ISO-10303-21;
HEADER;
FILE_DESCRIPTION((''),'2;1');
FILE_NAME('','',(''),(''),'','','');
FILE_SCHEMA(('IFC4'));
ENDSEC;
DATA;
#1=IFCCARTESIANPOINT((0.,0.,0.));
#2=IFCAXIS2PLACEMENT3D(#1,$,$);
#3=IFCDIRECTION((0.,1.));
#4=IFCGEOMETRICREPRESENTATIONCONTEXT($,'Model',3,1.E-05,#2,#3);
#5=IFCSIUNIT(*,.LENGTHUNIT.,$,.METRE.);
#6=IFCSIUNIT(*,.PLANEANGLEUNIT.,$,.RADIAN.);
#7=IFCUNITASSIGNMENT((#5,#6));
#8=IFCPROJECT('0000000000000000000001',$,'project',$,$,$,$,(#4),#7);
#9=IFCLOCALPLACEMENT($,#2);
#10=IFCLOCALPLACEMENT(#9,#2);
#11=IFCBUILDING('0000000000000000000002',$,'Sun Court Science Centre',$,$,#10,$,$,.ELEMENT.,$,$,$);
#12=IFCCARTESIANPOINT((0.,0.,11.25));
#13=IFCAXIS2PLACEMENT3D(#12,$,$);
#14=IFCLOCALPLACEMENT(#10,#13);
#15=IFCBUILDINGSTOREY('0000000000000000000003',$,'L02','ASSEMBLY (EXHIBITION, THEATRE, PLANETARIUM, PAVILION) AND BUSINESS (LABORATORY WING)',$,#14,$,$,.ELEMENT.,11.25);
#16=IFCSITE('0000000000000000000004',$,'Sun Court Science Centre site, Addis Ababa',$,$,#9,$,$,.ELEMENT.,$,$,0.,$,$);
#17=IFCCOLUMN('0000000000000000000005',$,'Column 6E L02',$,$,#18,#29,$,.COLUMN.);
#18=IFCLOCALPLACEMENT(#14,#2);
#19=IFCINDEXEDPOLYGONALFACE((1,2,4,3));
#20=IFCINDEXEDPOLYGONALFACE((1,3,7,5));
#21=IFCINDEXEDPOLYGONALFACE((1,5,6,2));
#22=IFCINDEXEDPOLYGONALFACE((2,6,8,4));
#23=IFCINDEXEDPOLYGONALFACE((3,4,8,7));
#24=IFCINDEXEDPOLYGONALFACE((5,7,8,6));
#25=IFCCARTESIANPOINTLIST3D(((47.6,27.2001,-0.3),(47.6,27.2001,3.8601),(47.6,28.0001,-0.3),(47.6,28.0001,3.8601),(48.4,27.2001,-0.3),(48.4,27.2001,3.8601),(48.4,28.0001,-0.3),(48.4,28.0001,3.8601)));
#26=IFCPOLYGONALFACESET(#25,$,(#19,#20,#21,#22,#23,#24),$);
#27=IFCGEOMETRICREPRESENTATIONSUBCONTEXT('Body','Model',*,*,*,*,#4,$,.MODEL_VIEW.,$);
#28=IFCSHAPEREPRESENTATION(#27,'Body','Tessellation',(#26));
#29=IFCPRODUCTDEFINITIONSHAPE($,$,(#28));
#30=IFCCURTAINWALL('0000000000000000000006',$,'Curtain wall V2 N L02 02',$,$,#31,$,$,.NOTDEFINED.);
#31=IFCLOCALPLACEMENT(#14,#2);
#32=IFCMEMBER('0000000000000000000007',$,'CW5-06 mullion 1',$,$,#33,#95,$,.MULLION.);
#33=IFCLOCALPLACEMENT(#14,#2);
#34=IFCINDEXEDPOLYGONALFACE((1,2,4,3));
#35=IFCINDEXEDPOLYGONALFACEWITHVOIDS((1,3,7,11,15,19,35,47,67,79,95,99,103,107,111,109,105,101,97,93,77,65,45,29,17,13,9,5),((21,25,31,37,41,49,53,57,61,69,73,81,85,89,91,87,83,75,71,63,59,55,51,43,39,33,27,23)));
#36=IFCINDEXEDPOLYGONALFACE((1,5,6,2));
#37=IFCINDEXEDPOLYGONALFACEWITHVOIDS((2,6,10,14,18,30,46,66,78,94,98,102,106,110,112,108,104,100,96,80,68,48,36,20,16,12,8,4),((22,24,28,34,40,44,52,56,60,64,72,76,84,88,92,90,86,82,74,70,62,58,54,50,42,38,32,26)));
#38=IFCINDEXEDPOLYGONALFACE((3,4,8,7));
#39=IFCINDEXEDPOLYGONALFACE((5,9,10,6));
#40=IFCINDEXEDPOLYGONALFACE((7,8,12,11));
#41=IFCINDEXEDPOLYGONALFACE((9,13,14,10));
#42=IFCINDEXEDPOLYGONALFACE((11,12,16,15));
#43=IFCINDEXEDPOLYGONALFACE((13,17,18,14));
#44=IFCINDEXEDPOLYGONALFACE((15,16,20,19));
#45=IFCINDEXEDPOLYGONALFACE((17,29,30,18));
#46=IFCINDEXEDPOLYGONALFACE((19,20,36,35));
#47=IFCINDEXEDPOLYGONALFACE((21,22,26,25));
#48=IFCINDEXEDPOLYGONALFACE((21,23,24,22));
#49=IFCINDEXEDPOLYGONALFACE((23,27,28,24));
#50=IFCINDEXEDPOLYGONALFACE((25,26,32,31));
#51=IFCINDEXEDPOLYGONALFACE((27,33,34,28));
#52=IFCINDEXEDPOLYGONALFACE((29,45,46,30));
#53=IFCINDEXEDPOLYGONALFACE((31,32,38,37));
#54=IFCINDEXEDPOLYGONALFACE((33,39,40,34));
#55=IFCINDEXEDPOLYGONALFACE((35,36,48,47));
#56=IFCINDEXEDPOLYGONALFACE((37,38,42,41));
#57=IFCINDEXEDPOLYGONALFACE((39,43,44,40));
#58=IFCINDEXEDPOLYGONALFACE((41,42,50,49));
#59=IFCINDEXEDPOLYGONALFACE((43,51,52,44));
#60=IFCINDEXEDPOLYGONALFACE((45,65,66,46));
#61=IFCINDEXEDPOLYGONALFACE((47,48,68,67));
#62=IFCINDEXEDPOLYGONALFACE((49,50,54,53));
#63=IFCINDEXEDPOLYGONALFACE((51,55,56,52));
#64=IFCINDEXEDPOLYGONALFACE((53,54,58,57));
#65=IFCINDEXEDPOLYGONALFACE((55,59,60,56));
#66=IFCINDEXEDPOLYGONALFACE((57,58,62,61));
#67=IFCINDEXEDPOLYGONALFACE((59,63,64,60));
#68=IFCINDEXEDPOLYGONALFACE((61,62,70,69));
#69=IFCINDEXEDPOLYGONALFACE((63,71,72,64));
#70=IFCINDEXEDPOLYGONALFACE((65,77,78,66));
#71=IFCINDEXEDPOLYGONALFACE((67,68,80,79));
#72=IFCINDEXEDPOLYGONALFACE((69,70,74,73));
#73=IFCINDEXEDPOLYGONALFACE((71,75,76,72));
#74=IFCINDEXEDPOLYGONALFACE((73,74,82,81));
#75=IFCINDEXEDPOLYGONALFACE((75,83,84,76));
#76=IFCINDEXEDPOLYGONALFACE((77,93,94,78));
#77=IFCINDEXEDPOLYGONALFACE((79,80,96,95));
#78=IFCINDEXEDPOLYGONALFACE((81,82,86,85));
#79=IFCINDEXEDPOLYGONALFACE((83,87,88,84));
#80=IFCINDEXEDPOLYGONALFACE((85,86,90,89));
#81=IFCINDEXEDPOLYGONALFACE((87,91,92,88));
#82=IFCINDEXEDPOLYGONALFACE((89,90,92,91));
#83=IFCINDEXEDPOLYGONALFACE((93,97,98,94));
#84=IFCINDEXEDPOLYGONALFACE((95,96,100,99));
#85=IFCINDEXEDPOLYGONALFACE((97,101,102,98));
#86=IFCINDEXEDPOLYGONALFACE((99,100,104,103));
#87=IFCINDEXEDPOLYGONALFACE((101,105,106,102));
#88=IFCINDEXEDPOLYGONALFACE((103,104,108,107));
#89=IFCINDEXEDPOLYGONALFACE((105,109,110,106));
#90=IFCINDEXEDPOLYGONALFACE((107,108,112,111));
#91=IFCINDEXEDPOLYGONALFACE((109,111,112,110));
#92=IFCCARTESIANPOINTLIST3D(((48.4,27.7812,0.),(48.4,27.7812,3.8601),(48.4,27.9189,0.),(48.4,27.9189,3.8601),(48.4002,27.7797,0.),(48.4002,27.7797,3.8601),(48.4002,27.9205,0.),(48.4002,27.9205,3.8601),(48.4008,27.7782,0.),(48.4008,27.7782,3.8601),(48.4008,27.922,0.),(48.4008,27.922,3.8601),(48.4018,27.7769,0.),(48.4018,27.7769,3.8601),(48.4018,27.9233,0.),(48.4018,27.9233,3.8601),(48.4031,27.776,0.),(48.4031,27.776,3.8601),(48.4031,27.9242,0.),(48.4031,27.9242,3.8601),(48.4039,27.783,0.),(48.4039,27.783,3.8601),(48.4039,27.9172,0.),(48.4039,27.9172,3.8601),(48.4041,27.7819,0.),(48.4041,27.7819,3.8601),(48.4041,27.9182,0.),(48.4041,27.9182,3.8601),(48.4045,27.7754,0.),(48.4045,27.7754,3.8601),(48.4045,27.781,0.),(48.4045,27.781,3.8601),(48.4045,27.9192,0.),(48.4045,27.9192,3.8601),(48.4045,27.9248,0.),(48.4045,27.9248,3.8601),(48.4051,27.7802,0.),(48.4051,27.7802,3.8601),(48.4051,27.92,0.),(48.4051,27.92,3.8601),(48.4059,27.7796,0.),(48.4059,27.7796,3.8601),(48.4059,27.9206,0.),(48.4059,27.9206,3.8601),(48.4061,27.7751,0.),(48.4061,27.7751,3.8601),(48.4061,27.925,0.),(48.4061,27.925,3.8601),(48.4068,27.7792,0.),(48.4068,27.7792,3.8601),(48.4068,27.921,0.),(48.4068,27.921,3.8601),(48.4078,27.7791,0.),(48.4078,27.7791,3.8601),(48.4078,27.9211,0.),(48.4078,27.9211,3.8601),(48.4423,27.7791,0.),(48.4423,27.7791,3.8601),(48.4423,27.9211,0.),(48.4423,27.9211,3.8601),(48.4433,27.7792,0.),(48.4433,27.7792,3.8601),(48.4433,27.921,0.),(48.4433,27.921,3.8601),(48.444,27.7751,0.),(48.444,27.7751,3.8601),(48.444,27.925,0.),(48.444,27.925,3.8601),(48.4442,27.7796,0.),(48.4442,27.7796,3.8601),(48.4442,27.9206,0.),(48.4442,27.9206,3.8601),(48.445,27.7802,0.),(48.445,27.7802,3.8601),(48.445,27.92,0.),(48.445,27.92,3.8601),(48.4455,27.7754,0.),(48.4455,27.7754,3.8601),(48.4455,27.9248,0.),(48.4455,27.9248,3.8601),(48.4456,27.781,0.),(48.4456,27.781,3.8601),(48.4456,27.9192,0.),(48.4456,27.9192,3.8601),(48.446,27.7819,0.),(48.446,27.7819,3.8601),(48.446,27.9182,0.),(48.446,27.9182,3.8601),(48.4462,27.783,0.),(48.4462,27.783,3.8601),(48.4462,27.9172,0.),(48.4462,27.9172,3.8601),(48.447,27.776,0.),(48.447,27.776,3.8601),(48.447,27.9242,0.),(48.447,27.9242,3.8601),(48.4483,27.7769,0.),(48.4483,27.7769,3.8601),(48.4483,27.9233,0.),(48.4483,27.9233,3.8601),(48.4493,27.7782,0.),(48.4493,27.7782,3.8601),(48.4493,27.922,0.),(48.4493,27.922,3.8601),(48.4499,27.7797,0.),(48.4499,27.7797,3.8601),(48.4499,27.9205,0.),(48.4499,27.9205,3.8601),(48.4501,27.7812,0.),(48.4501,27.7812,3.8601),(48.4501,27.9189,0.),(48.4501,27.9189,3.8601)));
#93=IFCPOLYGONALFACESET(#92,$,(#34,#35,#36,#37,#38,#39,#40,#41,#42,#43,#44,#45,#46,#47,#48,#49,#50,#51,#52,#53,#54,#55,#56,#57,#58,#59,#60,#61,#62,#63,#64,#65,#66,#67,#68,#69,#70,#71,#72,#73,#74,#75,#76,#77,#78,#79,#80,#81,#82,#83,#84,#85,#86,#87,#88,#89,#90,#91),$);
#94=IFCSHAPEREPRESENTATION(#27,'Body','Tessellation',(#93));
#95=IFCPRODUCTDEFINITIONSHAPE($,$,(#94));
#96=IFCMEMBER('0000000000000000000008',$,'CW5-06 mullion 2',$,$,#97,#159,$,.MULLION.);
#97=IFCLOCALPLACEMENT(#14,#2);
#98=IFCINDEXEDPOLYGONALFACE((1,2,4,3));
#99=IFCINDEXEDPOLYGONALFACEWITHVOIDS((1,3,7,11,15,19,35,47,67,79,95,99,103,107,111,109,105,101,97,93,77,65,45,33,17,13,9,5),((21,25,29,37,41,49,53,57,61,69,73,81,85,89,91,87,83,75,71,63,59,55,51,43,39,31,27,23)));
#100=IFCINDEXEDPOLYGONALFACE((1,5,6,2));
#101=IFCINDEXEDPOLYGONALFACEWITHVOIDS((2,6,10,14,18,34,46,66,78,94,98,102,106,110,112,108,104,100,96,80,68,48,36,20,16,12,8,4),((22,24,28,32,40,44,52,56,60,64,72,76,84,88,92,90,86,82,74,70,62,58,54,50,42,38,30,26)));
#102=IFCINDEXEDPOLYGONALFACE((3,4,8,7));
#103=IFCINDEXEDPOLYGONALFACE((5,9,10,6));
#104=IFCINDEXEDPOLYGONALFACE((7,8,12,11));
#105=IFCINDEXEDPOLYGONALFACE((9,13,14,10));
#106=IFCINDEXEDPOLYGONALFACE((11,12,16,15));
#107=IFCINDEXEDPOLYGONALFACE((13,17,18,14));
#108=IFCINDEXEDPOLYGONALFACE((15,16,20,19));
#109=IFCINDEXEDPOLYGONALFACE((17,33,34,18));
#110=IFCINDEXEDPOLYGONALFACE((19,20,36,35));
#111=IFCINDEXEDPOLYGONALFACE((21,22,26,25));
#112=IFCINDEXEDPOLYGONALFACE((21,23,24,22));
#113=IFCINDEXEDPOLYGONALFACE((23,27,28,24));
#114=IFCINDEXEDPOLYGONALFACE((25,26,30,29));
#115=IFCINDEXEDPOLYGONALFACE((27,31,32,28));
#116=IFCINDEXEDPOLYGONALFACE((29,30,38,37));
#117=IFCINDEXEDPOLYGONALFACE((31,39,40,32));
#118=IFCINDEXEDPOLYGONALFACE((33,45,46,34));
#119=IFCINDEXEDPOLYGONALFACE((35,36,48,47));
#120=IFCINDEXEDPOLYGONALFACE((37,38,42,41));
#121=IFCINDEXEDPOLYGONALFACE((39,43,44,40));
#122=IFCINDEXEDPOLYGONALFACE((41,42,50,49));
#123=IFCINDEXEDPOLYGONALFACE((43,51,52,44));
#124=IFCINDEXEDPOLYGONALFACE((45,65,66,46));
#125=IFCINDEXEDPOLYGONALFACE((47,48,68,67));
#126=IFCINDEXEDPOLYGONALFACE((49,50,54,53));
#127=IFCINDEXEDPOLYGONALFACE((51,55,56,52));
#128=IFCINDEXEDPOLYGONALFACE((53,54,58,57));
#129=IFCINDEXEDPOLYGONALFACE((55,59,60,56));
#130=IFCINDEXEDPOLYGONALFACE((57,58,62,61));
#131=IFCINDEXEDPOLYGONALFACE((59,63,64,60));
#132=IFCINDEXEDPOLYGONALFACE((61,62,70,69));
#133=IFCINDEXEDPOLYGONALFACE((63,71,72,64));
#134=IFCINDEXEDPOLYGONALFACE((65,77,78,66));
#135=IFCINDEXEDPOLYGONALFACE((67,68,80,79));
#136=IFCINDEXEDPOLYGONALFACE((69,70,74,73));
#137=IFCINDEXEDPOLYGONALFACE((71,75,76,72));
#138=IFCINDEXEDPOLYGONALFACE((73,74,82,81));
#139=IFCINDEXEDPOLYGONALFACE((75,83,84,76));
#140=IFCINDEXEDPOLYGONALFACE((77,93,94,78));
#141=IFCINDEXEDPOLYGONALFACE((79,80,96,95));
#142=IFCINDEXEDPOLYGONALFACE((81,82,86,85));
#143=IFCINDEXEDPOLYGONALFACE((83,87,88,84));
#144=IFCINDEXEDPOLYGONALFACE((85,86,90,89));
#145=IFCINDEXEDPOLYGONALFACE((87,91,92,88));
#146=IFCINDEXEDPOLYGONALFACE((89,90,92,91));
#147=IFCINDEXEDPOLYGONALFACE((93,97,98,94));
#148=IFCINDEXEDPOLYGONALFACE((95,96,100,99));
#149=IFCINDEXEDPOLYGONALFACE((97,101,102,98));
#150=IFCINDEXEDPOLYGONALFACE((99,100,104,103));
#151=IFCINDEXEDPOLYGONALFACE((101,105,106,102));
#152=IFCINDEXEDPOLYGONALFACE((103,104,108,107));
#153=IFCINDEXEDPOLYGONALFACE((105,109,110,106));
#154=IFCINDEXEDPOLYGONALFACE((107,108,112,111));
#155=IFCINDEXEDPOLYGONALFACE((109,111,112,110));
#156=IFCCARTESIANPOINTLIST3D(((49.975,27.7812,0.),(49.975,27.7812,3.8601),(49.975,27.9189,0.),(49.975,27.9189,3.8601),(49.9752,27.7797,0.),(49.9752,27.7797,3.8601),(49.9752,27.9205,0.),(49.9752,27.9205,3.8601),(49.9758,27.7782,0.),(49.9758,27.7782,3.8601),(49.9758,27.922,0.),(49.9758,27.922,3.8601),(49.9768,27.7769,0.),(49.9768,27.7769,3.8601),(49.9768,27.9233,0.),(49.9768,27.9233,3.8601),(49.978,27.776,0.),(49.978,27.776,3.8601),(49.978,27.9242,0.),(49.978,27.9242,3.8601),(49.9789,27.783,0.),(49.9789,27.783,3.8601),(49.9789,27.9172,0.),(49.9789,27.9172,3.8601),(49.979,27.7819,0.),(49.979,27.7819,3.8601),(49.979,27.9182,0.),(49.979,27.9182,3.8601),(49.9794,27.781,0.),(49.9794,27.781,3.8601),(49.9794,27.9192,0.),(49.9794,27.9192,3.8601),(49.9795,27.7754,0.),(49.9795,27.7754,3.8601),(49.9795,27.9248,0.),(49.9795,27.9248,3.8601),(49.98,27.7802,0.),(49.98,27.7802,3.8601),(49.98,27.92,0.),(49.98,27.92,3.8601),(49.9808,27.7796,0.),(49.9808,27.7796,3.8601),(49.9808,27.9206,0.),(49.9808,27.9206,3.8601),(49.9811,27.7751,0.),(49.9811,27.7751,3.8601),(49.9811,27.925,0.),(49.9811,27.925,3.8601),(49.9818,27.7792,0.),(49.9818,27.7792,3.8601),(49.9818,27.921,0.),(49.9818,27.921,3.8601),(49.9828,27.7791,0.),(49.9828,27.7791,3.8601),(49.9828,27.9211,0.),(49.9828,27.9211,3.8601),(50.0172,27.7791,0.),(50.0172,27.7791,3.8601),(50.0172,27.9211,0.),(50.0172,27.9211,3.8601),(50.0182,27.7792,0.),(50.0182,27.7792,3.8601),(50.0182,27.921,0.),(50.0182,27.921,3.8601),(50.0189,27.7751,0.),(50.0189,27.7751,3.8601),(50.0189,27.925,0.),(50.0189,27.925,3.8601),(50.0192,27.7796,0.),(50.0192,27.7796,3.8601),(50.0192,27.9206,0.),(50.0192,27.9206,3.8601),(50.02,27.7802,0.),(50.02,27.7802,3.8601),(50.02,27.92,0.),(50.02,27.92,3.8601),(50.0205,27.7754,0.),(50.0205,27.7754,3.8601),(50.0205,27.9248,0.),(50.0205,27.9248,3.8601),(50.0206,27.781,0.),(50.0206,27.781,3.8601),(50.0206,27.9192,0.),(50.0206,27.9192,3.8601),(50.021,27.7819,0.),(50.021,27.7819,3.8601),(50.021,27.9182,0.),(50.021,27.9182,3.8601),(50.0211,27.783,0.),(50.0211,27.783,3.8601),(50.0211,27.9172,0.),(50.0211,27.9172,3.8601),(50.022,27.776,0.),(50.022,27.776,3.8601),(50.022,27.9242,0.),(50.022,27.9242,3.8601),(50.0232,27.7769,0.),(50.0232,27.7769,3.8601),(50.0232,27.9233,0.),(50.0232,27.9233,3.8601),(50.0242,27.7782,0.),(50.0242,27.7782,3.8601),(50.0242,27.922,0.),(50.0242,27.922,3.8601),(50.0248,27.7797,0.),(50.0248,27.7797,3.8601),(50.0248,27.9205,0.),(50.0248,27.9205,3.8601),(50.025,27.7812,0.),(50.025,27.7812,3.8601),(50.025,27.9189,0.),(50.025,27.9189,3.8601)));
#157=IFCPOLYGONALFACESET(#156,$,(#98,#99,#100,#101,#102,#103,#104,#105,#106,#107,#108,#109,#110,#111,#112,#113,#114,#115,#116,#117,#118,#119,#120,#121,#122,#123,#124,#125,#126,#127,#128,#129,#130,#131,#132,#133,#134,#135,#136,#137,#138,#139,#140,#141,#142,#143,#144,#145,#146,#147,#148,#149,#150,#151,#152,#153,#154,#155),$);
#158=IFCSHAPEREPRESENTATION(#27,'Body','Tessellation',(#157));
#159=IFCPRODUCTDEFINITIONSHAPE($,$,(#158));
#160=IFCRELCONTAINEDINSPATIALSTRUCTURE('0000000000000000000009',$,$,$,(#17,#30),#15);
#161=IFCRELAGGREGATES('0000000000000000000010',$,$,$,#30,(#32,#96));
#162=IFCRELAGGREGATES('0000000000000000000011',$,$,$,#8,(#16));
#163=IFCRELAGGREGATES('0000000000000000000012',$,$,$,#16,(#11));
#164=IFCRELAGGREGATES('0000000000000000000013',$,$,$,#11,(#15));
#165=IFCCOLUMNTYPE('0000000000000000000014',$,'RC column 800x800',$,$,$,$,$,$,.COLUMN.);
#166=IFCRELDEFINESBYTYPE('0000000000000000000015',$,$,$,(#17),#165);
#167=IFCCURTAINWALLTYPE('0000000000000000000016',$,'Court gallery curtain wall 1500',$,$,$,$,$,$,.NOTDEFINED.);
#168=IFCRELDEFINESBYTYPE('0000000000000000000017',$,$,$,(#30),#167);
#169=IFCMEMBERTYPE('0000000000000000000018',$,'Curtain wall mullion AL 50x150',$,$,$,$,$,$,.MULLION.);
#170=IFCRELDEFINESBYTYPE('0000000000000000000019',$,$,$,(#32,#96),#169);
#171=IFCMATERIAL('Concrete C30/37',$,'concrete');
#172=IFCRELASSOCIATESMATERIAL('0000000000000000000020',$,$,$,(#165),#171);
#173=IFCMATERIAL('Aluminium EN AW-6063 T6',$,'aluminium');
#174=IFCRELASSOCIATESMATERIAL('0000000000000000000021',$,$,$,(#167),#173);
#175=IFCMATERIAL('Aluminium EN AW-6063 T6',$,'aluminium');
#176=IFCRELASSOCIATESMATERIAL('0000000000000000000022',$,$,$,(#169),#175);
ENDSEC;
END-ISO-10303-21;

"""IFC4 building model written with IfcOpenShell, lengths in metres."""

from ifc_helpers import new_model, si_unit, direction, frame, origin, origin_2d, place, context, subcontext, project, spatial, rectangle, hollow_rectangle, extrude, material, material_profile, profile_set, type_object, element, aggregate, save


model = new_model("IFC4")

# Units and contexts
model_context = context("Model", 3, precision=1e-05, world=origin(), true_north=direction((0.0, 1.0)))
body_context = subcontext(model_context, "Body", "Model", "MODEL_VIEW")
ifc_project = project(units=[si_unit("LENGTHUNIT", "METRE"), si_unit("PLANEANGLEUNIT", "RADIAN")], contexts=[model_context])

# Site, building, storey
site_placement = place(None, origin())
site = spatial("IfcSite", under=ifc_project, at=site_placement, Name="Sun Court Science Centre site, Addis Ababa", CompositionType="ELEMENT", RefElevation=0.0)
building_placement = place(site_placement, origin())
building = spatial("IfcBuilding", under=site, at=building_placement, Name="Sun Court Science Centre", CompositionType="ELEMENT")
storey_placement = place(building_placement, frame((0.0, 0.0, 11.25)))
storey = spatial("IfcBuildingStorey", under=building, at=storey_placement, Name="L02", Description="ASSEMBLY (EXHIBITION, THEATRE, PLANETARIUM, PAVILION) AND BUSINESS (LABORATORY WING)", CompositionType="ELEMENT", Elevation=11.25)

# Column
ifc_material_1 = material(Name="Concrete C30/37", Category="concrete")
ifc_material_profile_1 = material_profile(ifc_material_1, rectangle(XDim=0.8, YDim=0.8, at=origin_2d()), Name="RC 800x800")
ifc_profile_set_1 = profile_set([ifc_material_profile_1], Name="Concrete C30/37")
column_type = type_object("IfcColumnType", Name="RC column 800x800", PredefinedType="COLUMN", material=ifc_profile_set_1)
column_placement = place(storey_placement, frame((48.0, 27.6001, -0.3), z_axis=(0.0, 0.0, 1.0), x_axis=(1.0, 0.0, 0.0)))
element("IfcColumn", 1, at=column_placement, inside=storey, type_object=column_type, Name="Column 6E L02", PredefinedType="COLUMN", context=body_context, shape_type="SweptSolid", body=[
    extrude(rectangle(XDim=0.8, YDim=0.8, at=origin_2d()), origin(), (0.0, 0.0, 1.0), 4.1602),
])

# Curtain wall, members
ifc_material_2 = material(Name="Aluminium EN AW-6063 T6", Category="aluminium")
curtain_wall_type_1 = type_object("IfcCurtainWallType", Name="Court gallery curtain wall 1500", PredefinedType="NOTDEFINED", material=ifc_material_2)
curtain_wall_1_placement = place(storey_placement, origin())
curtain_wall_1 = element("IfcCurtainWall", 2, at=curtain_wall_1_placement, inside=storey, type_object=curtain_wall_type_1, Name="Curtain wall V2 N L02 02", PredefinedType="NOTDEFINED")
ifc_material_3 = material(Name="Aluminium EN AW-6063 T6", Category="aluminium")
ifc_material_profile_2 = material_profile(ifc_material_3, hollow_rectangle(XDim=0.05, YDim=0.1499, WallThickness=0.0039, InnerFilletRadius=0.0039, OuterFilletRadius=0.0061, at=origin_2d()), Name="AL 50x150x4")
ifc_profile_set_2 = profile_set([ifc_material_profile_2], Name="Aluminium EN AW-6063 T6")
member_type_1 = type_object("IfcMemberType", Name="Curtain wall mullion AL 50x150", PredefinedType="MULLION", material=ifc_profile_set_2)
member_1_placement = place(storey_placement, frame((48.425, 27.8501, 0.0), z_axis=(0.0, 0.0, 1.0), x_axis=(1.0, 0.0, 0.0)))
member_1 = element("IfcMember", 3, at=member_1_placement, type_object=member_type_1, Name="CW5-06 mullion 1", PredefinedType="MULLION", context=body_context, shape_type="SweptSolid", body=[
    extrude(hollow_rectangle(XDim=0.05, YDim=0.1499, WallThickness=0.0039, InnerFilletRadius=0.0039, OuterFilletRadius=0.0061, at=origin_2d()), origin(), (0.0, 0.0, 1.0), 3.8601),
])
member_2_placement = place(storey_placement, frame((50.0, 27.8501, 0.0), z_axis=(0.0, 0.0, 1.0), x_axis=(1.0, 0.0, 0.0)))
member_2 = element("IfcMember", 4, at=member_2_placement, type_object=member_type_1, Name="CW5-06 mullion 2", PredefinedType="MULLION", context=body_context, shape_type="SweptSolid", body=[
    extrude(hollow_rectangle(XDim=0.05, YDim=0.1499, WallThickness=0.0039, InnerFilletRadius=0.0039, OuterFilletRadius=0.0061, at=origin_2d()), origin(), (0.0, 0.0, 1.0), 3.8601),
])

aggregate(curtain_wall_1, [member_1, member_2])

save(model, "model.ifc")
